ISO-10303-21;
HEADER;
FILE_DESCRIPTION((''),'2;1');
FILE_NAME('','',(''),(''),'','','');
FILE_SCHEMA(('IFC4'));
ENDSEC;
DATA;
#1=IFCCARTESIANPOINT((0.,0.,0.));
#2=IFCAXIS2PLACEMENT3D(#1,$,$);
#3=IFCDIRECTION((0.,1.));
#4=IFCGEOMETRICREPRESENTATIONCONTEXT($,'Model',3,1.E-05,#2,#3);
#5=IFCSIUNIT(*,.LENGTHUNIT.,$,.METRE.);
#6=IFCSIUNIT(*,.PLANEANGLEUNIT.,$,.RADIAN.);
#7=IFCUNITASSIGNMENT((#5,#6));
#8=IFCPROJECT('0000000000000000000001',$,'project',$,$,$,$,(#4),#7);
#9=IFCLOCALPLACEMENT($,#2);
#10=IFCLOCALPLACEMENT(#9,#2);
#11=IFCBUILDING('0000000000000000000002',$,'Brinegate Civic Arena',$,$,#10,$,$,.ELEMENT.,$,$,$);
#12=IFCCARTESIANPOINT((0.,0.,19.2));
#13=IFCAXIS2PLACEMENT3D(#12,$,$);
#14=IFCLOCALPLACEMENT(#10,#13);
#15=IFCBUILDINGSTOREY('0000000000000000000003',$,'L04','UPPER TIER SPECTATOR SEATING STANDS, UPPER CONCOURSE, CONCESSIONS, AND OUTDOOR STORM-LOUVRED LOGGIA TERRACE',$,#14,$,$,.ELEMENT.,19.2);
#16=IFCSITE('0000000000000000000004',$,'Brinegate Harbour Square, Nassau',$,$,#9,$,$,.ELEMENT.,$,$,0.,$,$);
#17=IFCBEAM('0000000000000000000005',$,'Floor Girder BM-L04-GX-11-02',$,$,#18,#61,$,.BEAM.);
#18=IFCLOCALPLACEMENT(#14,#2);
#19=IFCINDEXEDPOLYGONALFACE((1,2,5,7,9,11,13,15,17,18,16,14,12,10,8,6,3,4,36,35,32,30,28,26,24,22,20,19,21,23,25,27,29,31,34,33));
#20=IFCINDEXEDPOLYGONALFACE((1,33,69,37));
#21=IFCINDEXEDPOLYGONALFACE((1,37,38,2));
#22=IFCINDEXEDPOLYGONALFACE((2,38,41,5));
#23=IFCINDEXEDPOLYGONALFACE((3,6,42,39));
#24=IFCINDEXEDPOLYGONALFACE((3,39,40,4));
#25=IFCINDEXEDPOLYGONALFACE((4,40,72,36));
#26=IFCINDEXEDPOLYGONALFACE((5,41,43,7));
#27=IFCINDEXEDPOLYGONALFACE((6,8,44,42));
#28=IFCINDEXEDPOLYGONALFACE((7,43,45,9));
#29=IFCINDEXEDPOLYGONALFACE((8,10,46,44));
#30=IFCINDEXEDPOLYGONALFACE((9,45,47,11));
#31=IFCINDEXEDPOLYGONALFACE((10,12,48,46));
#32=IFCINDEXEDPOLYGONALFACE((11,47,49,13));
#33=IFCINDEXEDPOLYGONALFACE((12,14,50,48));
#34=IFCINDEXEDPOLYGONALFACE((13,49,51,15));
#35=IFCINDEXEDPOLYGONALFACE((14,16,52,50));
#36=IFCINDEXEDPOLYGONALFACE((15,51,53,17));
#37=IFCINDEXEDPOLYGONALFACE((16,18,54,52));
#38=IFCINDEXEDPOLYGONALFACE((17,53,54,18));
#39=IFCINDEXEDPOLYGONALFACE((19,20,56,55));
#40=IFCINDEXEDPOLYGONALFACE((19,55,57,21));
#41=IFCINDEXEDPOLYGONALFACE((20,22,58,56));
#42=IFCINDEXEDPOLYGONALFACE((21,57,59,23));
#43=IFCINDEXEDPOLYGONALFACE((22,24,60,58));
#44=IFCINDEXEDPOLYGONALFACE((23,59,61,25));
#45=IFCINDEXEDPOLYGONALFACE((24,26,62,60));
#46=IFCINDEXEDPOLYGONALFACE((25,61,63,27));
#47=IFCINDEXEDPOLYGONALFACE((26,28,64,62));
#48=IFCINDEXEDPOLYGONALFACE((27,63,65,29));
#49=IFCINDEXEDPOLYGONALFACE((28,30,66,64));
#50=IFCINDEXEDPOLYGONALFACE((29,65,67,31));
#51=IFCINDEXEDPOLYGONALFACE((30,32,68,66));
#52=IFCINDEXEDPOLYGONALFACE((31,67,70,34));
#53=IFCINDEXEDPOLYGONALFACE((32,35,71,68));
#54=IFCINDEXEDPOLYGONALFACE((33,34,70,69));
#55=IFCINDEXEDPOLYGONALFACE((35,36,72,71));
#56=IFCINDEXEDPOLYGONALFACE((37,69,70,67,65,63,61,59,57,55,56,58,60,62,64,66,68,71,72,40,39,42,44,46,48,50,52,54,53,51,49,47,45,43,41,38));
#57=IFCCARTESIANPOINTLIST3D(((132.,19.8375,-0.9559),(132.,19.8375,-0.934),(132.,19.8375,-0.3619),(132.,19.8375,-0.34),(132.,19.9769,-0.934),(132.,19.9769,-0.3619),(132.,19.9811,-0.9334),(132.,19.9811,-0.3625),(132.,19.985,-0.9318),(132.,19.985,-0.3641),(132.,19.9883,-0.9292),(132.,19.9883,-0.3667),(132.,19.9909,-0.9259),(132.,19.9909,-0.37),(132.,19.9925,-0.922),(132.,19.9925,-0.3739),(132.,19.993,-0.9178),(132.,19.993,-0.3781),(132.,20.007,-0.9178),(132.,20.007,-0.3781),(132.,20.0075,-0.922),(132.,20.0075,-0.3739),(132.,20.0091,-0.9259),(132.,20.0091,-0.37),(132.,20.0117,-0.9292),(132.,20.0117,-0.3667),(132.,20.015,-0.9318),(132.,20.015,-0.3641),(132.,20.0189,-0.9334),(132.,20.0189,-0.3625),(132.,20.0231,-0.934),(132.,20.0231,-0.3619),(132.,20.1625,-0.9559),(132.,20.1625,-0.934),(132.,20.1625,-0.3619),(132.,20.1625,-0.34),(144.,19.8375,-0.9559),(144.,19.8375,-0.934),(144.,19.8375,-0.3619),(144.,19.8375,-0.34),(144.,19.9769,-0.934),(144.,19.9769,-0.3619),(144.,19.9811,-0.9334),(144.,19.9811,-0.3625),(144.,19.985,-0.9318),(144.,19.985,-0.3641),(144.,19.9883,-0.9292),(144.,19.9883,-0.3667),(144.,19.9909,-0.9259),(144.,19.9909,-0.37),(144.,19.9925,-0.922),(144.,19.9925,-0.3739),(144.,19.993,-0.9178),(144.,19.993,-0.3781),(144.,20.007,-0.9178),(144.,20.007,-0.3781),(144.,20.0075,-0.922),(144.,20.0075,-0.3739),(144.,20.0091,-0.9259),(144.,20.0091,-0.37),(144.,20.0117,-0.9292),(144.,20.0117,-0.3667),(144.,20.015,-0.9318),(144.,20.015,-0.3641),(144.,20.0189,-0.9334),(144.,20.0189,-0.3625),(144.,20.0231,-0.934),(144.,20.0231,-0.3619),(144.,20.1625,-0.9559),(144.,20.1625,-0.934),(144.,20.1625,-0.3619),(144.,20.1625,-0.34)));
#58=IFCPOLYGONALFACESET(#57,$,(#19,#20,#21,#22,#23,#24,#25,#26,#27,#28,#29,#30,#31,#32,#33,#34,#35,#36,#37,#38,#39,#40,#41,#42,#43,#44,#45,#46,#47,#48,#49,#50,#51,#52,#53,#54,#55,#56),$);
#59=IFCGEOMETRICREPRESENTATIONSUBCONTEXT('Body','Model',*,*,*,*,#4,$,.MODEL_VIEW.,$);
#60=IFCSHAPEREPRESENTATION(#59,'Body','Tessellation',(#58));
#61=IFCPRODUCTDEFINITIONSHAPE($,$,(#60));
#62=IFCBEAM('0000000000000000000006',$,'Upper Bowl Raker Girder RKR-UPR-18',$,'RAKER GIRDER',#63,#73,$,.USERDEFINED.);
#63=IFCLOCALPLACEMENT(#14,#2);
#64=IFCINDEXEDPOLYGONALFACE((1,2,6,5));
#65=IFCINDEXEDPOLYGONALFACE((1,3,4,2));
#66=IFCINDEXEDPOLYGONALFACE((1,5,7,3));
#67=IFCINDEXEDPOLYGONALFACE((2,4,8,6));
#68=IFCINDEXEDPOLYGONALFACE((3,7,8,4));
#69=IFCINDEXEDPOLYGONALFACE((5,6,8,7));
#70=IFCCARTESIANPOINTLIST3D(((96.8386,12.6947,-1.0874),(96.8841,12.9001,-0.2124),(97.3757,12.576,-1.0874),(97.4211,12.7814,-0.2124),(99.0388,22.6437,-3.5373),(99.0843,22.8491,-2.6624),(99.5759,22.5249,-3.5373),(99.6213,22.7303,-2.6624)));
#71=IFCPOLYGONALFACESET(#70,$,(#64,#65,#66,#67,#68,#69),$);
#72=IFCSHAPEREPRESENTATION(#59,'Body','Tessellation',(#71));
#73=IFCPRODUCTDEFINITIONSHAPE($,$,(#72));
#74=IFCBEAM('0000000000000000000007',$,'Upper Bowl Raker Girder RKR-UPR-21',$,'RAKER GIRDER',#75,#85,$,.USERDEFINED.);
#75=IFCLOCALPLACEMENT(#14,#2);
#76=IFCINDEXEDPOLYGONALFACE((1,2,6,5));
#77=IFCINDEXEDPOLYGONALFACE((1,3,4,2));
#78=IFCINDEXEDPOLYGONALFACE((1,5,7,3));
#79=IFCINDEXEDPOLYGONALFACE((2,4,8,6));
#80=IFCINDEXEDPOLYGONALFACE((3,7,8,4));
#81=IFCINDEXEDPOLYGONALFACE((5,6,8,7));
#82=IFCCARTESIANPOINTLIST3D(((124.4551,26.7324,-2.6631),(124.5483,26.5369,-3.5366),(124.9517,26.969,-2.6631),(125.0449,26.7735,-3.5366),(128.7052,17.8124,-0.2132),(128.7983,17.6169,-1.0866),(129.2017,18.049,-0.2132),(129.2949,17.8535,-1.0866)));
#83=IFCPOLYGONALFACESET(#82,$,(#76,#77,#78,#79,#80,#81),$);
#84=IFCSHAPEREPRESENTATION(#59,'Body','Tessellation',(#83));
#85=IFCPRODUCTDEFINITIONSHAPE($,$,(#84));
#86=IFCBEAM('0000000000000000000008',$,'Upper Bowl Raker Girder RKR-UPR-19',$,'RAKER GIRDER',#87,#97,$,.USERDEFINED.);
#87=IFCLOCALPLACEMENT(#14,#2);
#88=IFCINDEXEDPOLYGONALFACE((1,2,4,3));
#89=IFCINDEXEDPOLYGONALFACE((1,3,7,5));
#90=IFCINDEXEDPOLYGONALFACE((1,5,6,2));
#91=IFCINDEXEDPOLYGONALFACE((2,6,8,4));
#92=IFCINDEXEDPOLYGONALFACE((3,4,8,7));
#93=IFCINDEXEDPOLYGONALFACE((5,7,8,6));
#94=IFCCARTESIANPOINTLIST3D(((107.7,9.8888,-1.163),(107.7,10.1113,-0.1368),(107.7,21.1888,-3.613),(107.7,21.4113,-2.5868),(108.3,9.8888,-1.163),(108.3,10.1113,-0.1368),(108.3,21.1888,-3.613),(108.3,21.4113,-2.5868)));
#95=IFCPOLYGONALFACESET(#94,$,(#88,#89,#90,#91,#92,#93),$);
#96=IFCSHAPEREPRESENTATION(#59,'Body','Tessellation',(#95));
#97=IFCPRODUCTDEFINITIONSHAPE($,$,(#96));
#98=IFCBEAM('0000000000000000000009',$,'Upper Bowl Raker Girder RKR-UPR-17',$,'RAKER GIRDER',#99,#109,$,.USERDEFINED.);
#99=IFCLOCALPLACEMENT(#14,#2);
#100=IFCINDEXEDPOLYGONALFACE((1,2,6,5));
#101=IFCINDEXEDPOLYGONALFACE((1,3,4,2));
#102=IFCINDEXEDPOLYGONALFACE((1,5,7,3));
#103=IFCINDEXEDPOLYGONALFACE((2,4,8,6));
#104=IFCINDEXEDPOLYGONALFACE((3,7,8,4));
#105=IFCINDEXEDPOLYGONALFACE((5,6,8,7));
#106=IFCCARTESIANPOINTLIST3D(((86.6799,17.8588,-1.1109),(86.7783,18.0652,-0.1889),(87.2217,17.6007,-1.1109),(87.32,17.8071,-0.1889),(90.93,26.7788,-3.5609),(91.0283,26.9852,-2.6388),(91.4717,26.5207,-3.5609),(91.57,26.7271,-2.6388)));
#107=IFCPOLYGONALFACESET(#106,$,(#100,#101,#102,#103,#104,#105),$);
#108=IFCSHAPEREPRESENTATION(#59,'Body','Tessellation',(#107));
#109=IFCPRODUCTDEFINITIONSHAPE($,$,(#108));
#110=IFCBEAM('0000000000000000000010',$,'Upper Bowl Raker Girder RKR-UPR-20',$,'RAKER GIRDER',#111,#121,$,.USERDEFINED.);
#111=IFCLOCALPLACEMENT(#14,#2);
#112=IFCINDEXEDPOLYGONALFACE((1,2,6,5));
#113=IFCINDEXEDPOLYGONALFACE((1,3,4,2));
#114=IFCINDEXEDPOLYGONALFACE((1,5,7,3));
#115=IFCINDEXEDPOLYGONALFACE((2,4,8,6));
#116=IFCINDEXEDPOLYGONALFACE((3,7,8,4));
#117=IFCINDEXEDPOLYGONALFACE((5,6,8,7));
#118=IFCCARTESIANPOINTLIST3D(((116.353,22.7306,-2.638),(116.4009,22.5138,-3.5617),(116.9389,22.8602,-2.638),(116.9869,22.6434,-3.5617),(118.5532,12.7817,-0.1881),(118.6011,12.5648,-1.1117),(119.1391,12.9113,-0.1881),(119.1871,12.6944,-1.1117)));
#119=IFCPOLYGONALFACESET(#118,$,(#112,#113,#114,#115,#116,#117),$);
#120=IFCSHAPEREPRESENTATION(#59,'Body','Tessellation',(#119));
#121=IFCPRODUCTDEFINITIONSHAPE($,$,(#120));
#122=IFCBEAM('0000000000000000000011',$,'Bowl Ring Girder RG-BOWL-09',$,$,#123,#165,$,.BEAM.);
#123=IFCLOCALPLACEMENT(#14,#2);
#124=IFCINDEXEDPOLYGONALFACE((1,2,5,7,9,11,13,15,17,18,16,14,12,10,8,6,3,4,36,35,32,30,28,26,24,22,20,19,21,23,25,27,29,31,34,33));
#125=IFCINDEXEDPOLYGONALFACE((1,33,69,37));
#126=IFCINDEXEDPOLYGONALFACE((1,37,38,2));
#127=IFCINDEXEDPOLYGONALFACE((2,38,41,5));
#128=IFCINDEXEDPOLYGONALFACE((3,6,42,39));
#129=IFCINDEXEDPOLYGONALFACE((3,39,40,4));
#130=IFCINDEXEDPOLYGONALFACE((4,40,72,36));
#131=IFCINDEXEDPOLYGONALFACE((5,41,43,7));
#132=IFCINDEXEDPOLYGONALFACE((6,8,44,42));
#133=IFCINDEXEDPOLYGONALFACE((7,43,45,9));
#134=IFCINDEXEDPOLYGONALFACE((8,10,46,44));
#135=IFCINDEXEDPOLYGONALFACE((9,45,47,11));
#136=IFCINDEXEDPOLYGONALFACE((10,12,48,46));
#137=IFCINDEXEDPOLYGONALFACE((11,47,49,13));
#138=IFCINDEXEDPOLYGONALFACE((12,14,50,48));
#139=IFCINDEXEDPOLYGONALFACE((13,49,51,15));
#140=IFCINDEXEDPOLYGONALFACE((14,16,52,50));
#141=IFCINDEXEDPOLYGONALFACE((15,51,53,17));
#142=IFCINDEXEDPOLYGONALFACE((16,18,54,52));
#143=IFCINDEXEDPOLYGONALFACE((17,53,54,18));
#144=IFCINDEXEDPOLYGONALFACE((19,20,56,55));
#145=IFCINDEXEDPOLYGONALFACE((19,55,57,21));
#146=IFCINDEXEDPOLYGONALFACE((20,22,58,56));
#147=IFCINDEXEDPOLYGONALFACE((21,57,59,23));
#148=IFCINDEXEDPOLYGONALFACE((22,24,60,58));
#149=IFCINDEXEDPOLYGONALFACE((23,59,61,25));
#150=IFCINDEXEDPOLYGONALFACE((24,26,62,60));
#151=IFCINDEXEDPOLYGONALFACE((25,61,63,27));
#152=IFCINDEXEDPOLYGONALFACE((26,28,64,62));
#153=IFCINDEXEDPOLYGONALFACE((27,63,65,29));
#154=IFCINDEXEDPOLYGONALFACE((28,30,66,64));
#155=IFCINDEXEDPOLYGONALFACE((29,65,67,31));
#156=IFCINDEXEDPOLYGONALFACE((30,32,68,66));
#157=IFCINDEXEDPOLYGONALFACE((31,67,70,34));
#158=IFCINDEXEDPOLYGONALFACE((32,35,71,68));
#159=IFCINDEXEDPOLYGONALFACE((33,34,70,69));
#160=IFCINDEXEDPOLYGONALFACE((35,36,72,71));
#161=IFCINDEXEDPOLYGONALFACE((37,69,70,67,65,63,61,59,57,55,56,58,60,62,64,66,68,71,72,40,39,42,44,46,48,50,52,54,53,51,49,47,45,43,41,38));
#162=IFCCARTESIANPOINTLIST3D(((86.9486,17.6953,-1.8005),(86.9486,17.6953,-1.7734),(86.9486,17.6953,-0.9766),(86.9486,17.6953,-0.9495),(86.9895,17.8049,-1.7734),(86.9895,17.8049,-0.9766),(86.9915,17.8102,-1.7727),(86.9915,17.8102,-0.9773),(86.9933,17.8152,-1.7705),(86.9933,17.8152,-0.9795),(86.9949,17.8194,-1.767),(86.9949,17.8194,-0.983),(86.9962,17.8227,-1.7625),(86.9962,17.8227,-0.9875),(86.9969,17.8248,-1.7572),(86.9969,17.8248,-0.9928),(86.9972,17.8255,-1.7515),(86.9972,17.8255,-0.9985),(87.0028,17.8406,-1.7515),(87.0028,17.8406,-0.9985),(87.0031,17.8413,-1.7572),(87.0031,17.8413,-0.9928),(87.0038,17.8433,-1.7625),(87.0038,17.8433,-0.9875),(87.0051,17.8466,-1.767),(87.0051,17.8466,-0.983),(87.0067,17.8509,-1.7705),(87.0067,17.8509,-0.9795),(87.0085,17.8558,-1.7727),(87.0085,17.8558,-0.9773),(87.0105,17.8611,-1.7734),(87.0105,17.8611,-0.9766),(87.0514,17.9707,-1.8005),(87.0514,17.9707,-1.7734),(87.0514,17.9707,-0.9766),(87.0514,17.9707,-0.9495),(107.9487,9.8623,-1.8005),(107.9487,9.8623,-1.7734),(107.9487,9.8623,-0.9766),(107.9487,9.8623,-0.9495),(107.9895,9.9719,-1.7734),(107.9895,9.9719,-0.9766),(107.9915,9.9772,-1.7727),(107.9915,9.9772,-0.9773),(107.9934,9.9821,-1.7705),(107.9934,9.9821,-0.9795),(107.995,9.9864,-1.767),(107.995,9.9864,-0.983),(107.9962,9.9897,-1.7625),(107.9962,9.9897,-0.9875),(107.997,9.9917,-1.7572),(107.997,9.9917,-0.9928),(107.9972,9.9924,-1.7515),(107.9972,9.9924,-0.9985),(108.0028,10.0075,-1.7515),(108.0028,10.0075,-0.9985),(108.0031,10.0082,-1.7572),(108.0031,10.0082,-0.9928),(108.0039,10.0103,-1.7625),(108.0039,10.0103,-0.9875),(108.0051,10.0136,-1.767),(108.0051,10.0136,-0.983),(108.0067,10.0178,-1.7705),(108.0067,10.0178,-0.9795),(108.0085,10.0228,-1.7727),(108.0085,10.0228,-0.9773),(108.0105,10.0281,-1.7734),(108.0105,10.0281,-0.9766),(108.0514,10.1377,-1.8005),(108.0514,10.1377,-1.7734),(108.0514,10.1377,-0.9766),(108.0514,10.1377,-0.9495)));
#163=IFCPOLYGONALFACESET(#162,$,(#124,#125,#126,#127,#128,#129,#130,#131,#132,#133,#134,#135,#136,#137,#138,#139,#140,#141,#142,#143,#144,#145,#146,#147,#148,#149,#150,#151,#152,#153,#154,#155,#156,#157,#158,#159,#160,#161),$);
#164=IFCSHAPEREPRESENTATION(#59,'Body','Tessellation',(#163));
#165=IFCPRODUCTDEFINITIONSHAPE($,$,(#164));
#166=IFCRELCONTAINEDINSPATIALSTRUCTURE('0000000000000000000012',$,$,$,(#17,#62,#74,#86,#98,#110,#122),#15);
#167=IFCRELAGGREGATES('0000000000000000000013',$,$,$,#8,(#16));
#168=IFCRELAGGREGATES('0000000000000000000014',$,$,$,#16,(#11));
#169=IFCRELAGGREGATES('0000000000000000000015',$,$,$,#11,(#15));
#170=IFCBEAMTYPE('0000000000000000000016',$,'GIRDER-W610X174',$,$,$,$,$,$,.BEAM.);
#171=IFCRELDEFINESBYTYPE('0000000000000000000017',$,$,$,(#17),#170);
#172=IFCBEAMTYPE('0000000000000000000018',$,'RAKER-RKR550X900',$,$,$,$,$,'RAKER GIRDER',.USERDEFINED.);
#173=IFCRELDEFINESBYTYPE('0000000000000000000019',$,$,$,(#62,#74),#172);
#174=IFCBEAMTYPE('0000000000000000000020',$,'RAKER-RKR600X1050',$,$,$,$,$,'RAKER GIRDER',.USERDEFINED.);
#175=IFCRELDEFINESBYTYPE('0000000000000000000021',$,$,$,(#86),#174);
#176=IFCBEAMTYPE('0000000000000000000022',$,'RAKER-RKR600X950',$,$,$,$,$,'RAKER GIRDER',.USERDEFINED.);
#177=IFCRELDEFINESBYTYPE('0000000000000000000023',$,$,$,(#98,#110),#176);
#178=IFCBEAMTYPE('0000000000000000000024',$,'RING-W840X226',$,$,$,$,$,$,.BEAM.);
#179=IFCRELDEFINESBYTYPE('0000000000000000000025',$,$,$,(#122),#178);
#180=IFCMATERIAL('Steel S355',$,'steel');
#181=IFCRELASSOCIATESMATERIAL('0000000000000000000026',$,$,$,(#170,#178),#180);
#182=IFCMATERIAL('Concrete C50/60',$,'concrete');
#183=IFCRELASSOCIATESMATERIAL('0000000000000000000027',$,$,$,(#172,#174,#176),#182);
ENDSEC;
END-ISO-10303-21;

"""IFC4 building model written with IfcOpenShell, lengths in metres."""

from ifc_helpers import new_model, si_unit, direction, frame, origin, origin_2d, place, context, subcontext, project, spatial, rectangle, i_section, extrude, material, material_profile, profile_set, type_object, element, save


model = new_model("IFC4")

# Units and contexts
model_context = context("Model", 3, precision=1e-05, world=origin(), true_north=direction((0.0, 1.0)))
body_context = subcontext(model_context, "Body", "Model", "MODEL_VIEW")
ifc_project = project(units=[si_unit("LENGTHUNIT", "METRE"), si_unit("PLANEANGLEUNIT", "RADIAN")], contexts=[model_context])

# Site, building, storey
site_placement = place(None, origin())
site = spatial("IfcSite", under=ifc_project, at=site_placement, Name="Brinegate Harbour Square, Nassau", CompositionType="ELEMENT", RefElevation=0.0)
building_placement = place(site_placement, origin())
building = spatial("IfcBuilding", under=site, at=building_placement, Name="Brinegate Civic Arena", CompositionType="ELEMENT")
storey_placement = place(building_placement, frame((0.0, 0.0, 19.2)))
storey = spatial("IfcBuildingStorey", under=building, at=storey_placement, Name="L04", Description="UPPER TIER SPECTATOR SEATING STANDS, UPPER CONCOURSE, CONCESSIONS, AND OUTDOOR STORM-LOUVRED LOGGIA TERRACE", CompositionType="ELEMENT", Elevation=19.2)

# Beams
ifc_material_1 = material(Name="Steel S355", Category="steel")
ifc_material_profile_1 = material_profile(ifc_material_1, i_section(OverallWidth=0.325, OverallDepth=0.616, WebThickness=0.0139, FlangeThickness=0.022, FilletRadius=0.0161, at=origin_2d()), Name="W610X174")
ifc_profile_set_1 = profile_set([ifc_material_profile_1], Name="Steel S355")
beam_type_1 = type_object("IfcBeamType", Name="GIRDER-W610X174", PredefinedType="BEAM", material=ifc_profile_set_1)
beam_1_placement = place(storey_placement, frame((132.0, 20.0, -0.6479), z_axis=(1.0, 0.0, 0.0), x_axis=(0.0, 1.0, 0.0)))
element("IfcBeam", 1, at=beam_1_placement, inside=storey, type_object=beam_type_1, Name="Floor Girder BM-L04-GX-11-02", PredefinedType="BEAM", context=body_context, shape_type="SweptSolid", body=[
    extrude(i_section(OverallWidth=0.325, OverallDepth=0.616, WebThickness=0.0139, FlangeThickness=0.022, FilletRadius=0.0161, at=origin_2d()), origin(), (0.0, 0.0, 1.0), 12.0),
])
ifc_material_2 = material(Name="Concrete C50/60", Category="concrete")
ifc_material_profile_2 = material_profile(ifc_material_2, rectangle(XDim=0.55, YDim=0.8999, at=origin_2d()), Name="RKR550X900")
ifc_profile_set_2 = profile_set([ifc_material_profile_2], Name="Concrete C50/60")
beam_type_2 = type_object("IfcBeamType", Name="RAKER-RKR550X900", ElementType="RAKER GIRDER", PredefinedType="USERDEFINED", material=ifc_profile_set_2)
beam_2_placement = place(storey_placement, frame((99.3301, 22.687, -3.0999), z_axis=(-0.209947, -0.949352, 0.233779), x_axis=(0.976409, -0.215931, 0.0)))
element("IfcBeam", 2, at=beam_2_placement, inside=storey, type_object=beam_type_2, Name="Upper Bowl Raker Girder RKR-UPR-18", ObjectType="RAKER GIRDER", PredefinedType="USERDEFINED", context=body_context, shape_type="SweptSolid", body=[
    extrude(rectangle(XDim=0.55, YDim=0.8999, at=origin_2d()), origin(), (0.0, 0.0, 1.0), 10.4797),
])
beam_3_placement = place(storey_placement, frame((124.75, 26.7529, -3.0999), z_axis=(0.417491, -0.876231, 0.240666), x_axis=(0.902765, 0.430133, 0.0)))
element("IfcBeam", 3, at=beam_3_placement, inside=storey, type_object=beam_type_2, Name="Upper Bowl Raker Girder RKR-UPR-21", ObjectType="RAKER GIRDER", PredefinedType="USERDEFINED", context=body_context, shape_type="SweptSolid", body=[
    extrude(rectangle(XDim=0.55, YDim=0.8999, at=origin_2d()), origin(), (0.0, 0.0, 1.0), 10.1799),
])
ifc_material_profile_3 = material_profile(ifc_material_2, rectangle(XDim=0.6001, YDim=1.05, at=origin_2d()), Name="RKR600X1050")
ifc_profile_set_3 = profile_set([ifc_material_profile_3], Name="Concrete C50/60")
beam_type_3 = type_object("IfcBeamType", Name="RAKER-RKR600X1050", ElementType="RAKER GIRDER", PredefinedType="USERDEFINED", material=ifc_profile_set_3)
beam_4_placement = place(storey_placement, frame((108.0, 21.3, -3.0999), z_axis=(0.0, -0.977294, 0.211886), x_axis=(1.0, 0.0, 0.0)))
element("IfcBeam", 4, at=beam_4_placement, inside=storey, type_object=beam_type_3, Name="Upper Bowl Raker Girder RKR-UPR-19", ObjectType="RAKER GIRDER", PredefinedType="USERDEFINED", context=body_context, shape_type="SweptSolid", body=[
    extrude(rectangle(XDim=0.6001, YDim=1.05, at=origin_2d()), origin(), (0.0, 0.0, 1.0), 11.5625),
])
ifc_material_profile_4 = material_profile(ifc_material_2, rectangle(XDim=0.6001, YDim=0.95, at=origin_2d()), Name="RKR600X950")
ifc_profile_set_4 = profile_set([ifc_material_profile_4], Name="Concrete C50/60")
beam_type_4 = type_object("IfcBeamType", Name="RAKER-RKR600X950", ElementType="RAKER GIRDER", PredefinedType="USERDEFINED", material=ifc_profile_set_4)
beam_5_placement = place(storey_placement, frame((91.25, 26.7529, -3.0999), z_axis=(-0.417491, -0.876231, 0.240666), x_axis=(0.902765, -0.430133, 0.0)))
element("IfcBeam", 5, at=beam_5_placement, inside=storey, type_object=beam_type_4, Name="Upper Bowl Raker Girder RKR-UPR-17", ObjectType="RAKER GIRDER", PredefinedType="USERDEFINED", context=body_context, shape_type="SweptSolid", body=[
    extrude(rectangle(XDim=0.6001, YDim=0.95, at=origin_2d()), origin(), (0.0, 0.0, 1.0), 10.1799),
])
beam_6_placement = place(storey_placement, frame((116.6699, 22.687, -3.0999), z_axis=(0.209947, -0.949352, 0.233779), x_axis=(0.976409, 0.215931, 0.0)))
element("IfcBeam", 6, at=beam_6_placement, inside=storey, type_object=beam_type_4, Name="Upper Bowl Raker Girder RKR-UPR-20", ObjectType="RAKER GIRDER", PredefinedType="USERDEFINED", context=body_context, shape_type="SweptSolid", body=[
    extrude(rectangle(XDim=0.6001, YDim=0.95, at=origin_2d()), origin(), (0.0, 0.0, 1.0), 10.4797),
])
ifc_material_profile_5 = material_profile(ifc_material_1, i_section(OverallWidth=0.2939, OverallDepth=0.8511, WebThickness=0.0161, FlangeThickness=0.0271, FilletRadius=0.022, at=origin_2d()), Name="W840X226")
ifc_profile_set_5 = profile_set([ifc_material_profile_5], Name="Steel S355")
beam_type_5 = type_object("IfcBeamType", Name="RING-W840X226", PredefinedType="BEAM", material=ifc_profile_set_5)
beam_7_placement = place(storey_placement, frame((87.0, 17.833, -1.375), z_axis=(0.936944, -0.34948, 0.0), x_axis=(0.34948, 0.936944, 0.0)))
element("IfcBeam", 7, at=beam_7_placement, inside=storey, type_object=beam_type_5, Name="Bowl Ring Girder RG-BOWL-09", PredefinedType="BEAM", context=body_context, shape_type="SweptSolid", body=[
    extrude(i_section(OverallWidth=0.2939, OverallDepth=0.8511, WebThickness=0.0161, FlangeThickness=0.0271, FilletRadius=0.022, at=origin_2d()), origin(), (0.0, 0.0, 1.0), 22.4133),
])

save(model, "model.ifc")
